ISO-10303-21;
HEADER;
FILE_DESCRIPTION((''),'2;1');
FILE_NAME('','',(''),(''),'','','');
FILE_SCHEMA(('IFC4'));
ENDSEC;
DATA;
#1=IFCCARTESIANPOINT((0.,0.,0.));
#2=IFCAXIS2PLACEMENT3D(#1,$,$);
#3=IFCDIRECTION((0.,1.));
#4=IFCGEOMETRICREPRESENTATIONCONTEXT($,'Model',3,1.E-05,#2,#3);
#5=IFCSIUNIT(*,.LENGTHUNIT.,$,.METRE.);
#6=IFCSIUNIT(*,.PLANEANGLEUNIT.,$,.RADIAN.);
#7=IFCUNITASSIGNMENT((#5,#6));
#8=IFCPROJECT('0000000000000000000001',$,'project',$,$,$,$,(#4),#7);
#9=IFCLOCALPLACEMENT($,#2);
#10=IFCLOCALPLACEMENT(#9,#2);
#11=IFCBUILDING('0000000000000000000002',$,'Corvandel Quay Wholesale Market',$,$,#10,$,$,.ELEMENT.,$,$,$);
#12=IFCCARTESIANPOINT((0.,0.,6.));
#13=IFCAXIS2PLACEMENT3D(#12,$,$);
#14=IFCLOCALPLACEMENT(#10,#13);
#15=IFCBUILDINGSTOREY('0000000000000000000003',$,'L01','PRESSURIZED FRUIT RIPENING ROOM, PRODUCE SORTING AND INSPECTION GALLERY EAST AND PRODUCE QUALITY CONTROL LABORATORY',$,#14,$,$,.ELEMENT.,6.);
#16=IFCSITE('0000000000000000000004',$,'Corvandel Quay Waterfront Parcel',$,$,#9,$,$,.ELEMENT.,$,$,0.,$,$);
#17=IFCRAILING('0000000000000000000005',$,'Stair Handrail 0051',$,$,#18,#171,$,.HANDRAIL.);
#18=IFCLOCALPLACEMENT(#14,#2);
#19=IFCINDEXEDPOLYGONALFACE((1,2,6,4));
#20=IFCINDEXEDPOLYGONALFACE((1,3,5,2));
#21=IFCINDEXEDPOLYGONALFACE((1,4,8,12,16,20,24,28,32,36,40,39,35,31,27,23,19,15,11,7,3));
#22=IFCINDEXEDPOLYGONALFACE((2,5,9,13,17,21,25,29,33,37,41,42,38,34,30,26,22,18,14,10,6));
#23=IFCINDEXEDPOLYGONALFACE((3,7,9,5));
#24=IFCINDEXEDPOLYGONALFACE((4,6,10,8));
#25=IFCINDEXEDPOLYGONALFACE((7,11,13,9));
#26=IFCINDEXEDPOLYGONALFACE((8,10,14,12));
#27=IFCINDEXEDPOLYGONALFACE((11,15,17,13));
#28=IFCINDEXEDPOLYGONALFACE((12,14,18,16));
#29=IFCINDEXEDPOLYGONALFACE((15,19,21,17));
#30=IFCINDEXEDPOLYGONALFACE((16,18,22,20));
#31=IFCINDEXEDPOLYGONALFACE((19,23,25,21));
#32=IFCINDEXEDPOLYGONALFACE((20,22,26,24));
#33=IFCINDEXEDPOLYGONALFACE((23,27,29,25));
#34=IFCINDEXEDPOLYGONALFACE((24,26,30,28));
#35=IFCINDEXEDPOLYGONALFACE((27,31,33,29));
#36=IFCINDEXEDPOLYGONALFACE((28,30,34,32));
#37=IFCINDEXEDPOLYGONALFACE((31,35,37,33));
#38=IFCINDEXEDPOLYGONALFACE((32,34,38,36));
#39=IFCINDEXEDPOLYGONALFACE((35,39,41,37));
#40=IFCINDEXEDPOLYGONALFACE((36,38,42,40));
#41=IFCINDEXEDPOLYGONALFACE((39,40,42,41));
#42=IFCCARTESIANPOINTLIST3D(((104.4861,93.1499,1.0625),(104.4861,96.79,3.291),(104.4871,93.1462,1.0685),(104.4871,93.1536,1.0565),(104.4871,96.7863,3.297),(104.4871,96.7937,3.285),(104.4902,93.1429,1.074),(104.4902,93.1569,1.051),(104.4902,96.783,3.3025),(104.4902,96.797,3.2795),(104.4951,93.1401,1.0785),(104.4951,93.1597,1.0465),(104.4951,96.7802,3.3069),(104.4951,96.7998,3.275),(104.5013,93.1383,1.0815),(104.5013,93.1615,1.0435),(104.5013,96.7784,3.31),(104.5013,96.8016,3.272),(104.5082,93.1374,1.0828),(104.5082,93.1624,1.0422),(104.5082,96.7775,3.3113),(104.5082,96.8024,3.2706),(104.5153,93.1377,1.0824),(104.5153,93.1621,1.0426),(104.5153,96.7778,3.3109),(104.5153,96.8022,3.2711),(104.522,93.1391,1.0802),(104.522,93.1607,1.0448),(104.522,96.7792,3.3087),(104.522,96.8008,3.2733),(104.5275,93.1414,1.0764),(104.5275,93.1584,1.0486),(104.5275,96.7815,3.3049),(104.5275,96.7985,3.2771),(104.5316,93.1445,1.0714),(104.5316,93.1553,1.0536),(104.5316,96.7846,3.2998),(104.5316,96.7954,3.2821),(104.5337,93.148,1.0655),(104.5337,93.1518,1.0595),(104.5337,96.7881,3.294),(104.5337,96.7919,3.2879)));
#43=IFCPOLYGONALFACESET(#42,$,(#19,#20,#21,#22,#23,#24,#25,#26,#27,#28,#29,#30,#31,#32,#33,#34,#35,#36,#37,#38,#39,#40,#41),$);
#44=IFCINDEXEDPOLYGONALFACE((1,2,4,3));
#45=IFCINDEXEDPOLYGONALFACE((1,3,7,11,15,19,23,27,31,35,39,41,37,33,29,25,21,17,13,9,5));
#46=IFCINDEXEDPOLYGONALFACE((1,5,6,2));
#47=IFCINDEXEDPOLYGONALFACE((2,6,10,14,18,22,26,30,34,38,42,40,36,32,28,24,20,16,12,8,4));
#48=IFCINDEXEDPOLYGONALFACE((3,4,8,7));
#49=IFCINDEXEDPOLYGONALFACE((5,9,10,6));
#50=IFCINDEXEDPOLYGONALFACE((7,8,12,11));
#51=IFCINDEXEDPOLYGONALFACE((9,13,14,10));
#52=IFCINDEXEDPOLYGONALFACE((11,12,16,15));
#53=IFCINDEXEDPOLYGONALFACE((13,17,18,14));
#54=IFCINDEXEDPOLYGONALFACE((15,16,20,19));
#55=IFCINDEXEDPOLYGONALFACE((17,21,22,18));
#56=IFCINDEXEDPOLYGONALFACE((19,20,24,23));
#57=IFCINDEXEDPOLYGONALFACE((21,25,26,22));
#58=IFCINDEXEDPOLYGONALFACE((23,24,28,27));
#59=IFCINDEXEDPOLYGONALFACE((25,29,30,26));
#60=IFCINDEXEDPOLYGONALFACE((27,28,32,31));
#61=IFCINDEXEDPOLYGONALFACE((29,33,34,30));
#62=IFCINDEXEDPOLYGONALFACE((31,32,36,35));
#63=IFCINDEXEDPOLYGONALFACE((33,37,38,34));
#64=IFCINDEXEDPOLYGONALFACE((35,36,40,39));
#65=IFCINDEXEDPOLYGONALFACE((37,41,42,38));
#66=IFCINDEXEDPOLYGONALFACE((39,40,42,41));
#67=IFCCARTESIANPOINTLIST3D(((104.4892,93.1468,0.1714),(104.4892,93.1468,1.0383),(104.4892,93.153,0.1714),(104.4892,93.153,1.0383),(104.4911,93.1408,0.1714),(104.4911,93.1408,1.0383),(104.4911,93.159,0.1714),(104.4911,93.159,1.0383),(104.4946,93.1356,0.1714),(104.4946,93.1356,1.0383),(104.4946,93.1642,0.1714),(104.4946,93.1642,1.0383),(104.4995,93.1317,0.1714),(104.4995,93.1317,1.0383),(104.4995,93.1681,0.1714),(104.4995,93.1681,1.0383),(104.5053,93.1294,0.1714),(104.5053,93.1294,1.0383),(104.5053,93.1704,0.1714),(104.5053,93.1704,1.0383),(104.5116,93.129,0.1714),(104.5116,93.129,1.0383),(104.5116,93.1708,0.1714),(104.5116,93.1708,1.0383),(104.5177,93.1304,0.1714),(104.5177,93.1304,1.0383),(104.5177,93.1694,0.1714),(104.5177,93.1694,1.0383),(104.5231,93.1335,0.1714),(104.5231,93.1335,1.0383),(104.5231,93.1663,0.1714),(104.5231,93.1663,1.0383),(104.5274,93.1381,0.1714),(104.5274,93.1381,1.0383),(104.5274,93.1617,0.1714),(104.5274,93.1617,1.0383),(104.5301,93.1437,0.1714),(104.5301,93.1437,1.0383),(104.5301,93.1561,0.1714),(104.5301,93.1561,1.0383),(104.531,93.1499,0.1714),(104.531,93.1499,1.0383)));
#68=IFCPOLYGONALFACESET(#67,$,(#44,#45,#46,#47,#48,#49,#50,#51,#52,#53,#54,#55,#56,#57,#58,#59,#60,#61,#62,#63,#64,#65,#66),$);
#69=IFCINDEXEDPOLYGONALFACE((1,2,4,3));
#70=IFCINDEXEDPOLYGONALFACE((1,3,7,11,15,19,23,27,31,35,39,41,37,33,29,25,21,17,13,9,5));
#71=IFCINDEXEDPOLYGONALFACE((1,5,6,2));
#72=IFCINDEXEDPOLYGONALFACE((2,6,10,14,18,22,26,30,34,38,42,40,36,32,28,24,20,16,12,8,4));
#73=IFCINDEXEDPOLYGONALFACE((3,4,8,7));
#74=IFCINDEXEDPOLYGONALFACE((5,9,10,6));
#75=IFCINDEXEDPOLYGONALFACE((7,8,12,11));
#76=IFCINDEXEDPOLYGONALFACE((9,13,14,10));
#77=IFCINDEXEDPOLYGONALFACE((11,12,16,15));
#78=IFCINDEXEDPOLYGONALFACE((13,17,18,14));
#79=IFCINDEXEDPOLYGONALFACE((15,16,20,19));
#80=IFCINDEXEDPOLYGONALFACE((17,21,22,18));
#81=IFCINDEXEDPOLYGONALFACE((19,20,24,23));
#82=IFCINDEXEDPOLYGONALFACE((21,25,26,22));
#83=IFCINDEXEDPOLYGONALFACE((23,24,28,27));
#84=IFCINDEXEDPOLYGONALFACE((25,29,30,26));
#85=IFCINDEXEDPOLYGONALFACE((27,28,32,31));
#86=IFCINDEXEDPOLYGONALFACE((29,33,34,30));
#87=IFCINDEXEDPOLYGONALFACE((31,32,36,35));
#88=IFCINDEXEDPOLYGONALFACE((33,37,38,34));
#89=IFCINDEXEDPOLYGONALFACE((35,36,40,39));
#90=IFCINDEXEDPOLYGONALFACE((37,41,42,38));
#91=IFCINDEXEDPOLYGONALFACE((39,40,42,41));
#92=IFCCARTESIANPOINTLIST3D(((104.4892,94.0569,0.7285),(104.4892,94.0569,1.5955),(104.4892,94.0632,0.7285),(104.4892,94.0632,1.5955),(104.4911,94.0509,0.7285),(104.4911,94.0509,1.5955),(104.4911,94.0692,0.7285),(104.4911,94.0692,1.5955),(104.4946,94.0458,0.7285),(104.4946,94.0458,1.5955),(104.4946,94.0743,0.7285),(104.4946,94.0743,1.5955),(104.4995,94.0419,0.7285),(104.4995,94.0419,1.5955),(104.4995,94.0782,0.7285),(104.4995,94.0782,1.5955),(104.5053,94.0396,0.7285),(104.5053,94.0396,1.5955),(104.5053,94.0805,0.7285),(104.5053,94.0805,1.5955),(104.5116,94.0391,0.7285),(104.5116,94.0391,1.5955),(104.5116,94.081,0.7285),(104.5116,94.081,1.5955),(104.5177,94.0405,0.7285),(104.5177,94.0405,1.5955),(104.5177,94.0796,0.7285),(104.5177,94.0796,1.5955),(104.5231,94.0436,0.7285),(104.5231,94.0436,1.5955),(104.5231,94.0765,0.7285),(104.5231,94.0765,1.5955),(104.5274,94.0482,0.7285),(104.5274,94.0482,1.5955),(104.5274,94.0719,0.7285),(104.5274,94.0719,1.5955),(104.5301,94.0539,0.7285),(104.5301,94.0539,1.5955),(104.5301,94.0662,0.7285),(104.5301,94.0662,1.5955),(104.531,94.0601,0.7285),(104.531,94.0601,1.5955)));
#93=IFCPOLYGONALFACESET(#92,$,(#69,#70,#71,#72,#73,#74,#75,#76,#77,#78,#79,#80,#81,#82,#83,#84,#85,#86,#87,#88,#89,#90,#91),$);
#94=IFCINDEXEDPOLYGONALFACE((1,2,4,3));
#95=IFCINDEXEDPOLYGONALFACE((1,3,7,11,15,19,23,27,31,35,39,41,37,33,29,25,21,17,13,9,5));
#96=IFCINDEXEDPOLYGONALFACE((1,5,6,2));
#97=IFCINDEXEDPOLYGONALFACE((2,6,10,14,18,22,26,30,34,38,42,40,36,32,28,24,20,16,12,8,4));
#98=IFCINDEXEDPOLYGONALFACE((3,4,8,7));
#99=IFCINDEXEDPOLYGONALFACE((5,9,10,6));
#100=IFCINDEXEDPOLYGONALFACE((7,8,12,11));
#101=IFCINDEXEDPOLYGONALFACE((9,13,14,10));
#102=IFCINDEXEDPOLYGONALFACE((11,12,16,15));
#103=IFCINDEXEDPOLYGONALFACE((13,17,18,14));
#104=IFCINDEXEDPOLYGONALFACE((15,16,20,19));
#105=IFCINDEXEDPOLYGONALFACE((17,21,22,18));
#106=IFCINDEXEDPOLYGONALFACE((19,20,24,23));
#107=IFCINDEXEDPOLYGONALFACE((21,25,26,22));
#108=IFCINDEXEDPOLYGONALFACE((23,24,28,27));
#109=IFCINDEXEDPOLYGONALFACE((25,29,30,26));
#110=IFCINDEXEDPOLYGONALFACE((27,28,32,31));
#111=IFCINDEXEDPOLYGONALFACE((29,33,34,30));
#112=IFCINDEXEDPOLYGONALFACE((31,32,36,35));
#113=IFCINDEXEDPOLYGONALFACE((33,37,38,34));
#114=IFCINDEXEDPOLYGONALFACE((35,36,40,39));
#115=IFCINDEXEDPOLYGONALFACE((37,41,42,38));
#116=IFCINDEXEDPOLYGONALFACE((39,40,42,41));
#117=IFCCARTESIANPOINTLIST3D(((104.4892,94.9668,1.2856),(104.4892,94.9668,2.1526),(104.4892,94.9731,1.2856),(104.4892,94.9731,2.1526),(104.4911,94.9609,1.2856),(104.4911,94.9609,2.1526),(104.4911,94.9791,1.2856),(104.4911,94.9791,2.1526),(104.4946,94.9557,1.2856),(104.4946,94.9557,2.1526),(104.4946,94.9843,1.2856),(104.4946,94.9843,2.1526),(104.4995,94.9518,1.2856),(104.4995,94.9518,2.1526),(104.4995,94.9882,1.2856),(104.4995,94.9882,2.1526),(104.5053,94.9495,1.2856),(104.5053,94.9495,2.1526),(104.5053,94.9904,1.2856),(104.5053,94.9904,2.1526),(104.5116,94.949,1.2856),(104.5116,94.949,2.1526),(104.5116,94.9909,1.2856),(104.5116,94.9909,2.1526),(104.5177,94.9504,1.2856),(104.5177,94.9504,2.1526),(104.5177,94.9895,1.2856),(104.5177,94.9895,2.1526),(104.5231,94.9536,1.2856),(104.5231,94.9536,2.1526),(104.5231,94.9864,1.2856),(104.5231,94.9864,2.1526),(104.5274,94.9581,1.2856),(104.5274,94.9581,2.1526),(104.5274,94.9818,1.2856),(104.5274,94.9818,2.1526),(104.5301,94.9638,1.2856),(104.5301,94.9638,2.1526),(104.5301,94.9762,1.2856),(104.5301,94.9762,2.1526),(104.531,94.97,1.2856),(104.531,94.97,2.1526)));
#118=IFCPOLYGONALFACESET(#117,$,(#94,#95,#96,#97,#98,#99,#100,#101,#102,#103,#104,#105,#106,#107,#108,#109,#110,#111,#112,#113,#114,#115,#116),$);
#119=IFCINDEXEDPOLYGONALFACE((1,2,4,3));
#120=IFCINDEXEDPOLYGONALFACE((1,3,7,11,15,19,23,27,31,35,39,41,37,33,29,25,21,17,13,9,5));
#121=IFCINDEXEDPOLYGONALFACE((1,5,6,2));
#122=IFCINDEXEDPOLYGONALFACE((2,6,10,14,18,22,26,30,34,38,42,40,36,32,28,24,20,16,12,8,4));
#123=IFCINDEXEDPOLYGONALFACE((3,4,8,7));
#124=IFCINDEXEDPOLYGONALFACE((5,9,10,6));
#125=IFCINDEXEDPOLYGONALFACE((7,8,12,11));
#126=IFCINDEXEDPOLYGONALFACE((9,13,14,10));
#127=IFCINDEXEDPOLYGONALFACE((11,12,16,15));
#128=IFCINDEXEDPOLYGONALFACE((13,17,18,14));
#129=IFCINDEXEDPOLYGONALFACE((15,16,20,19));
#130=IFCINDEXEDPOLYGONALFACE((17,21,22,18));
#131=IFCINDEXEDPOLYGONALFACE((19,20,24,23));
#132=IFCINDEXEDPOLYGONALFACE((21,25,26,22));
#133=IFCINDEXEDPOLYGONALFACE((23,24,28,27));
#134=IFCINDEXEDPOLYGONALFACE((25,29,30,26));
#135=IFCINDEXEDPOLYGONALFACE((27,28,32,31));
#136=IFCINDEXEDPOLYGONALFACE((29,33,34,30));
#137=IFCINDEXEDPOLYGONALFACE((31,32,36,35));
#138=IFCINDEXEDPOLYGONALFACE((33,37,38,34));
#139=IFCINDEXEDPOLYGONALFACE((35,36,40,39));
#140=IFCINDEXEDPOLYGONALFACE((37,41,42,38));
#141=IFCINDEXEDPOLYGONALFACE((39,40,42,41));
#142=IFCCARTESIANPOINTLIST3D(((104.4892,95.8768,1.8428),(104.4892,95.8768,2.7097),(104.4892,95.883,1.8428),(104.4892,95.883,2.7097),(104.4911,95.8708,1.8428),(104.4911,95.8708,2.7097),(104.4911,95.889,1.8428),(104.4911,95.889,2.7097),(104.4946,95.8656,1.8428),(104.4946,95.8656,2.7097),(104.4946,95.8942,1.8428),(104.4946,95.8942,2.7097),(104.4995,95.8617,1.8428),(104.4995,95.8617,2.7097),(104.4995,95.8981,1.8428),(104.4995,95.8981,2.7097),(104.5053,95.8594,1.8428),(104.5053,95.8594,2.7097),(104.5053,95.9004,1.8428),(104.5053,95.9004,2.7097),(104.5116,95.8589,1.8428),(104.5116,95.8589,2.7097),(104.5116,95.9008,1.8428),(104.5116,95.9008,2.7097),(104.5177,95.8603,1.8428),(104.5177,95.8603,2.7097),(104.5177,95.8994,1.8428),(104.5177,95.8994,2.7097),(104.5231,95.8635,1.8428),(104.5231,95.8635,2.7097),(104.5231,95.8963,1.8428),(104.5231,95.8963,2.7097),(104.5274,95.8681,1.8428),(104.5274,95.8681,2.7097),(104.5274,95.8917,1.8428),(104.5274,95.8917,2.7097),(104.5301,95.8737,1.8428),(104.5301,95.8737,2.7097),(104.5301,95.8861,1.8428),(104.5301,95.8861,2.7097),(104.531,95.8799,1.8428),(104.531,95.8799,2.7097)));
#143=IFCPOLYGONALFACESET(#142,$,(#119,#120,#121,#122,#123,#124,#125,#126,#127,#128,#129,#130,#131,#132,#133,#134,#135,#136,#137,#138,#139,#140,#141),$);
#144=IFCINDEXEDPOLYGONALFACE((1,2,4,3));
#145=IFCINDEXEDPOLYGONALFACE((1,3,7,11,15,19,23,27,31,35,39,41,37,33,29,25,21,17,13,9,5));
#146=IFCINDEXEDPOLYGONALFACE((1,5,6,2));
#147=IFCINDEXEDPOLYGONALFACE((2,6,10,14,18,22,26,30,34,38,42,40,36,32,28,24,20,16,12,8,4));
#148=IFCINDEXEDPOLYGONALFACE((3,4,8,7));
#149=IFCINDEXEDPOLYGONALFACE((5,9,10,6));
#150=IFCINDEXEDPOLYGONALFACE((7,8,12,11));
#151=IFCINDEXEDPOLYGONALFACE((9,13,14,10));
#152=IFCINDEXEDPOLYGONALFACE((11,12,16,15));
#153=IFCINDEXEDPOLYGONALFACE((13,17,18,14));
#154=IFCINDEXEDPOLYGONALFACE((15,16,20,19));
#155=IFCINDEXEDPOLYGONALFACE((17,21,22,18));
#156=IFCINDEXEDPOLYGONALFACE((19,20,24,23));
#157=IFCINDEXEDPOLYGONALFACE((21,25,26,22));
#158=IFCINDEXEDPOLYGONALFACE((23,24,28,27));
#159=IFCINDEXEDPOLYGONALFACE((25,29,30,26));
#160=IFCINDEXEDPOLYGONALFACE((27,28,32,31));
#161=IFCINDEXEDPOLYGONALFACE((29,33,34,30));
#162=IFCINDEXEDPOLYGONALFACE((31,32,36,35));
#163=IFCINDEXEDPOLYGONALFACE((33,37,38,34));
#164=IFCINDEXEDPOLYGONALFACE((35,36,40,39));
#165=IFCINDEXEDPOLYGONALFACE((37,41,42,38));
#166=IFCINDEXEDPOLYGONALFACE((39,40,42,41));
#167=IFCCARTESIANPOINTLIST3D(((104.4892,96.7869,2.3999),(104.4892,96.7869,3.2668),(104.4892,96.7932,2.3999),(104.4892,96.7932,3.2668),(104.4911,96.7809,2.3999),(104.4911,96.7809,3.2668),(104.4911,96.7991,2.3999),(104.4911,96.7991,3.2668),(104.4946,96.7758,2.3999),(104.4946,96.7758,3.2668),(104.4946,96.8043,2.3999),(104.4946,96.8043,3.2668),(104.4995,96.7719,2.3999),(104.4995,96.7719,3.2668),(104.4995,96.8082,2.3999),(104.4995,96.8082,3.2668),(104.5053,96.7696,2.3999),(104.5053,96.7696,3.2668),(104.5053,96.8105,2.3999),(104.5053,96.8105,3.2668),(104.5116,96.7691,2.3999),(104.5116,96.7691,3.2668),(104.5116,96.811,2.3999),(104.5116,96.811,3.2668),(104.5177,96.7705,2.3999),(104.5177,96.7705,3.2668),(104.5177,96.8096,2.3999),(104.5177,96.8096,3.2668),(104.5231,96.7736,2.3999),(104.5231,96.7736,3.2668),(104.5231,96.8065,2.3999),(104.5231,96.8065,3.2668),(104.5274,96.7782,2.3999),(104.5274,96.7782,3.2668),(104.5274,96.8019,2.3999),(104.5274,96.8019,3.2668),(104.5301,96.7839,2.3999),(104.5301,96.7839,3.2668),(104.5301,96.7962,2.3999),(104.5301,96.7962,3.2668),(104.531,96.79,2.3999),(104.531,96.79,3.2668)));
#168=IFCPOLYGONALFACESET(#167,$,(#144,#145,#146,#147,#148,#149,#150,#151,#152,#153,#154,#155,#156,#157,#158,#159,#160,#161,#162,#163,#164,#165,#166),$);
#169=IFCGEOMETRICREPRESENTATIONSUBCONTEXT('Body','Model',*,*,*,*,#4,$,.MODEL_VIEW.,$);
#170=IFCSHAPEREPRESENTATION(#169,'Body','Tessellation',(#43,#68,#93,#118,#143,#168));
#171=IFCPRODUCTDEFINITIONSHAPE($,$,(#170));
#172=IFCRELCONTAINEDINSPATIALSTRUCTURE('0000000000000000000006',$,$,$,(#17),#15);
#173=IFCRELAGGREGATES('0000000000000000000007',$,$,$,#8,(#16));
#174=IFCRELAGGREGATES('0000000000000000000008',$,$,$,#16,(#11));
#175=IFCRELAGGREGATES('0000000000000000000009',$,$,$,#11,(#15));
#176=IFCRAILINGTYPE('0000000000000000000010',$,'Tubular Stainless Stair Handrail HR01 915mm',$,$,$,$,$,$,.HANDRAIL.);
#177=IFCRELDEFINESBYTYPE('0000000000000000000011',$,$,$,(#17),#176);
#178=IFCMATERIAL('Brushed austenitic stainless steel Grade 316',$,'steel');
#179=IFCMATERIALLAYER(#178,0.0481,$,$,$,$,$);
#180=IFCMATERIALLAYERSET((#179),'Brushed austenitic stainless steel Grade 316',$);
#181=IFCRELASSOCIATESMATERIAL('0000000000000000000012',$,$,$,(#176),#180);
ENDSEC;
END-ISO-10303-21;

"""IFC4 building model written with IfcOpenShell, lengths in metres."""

from ifc_helpers import new_model, si_unit, direction, frame, origin, origin_2d, place, context, subcontext, project, spatial, circle, extrude, material, layer, layer_set, type_object, element, save


model = new_model("IFC4")

# Units and contexts
model_context = context("Model", 3, precision=1e-05, world=origin(), true_north=direction((0.0, 1.0)))
body_context = subcontext(model_context, "Body", "Model", "MODEL_VIEW")
ifc_project = project(units=[si_unit("LENGTHUNIT", "METRE"), si_unit("PLANEANGLEUNIT", "RADIAN")], contexts=[model_context])

# Site, building, storey
site_placement = place(None, origin())
site = spatial("IfcSite", under=ifc_project, at=site_placement, Name="Corvandel Quay Waterfront Parcel", CompositionType="ELEMENT", RefElevation=0.0)
building_placement = place(site_placement, origin())
building = spatial("IfcBuilding", under=site, at=building_placement, Name="Corvandel Quay Wholesale Market", CompositionType="ELEMENT")
storey_placement = place(building_placement, frame((0.0, 0.0, 6.0)))
storey = spatial("IfcBuildingStorey", under=building, at=storey_placement, Name="L01", Description="PRESSURIZED FRUIT RIPENING ROOM, PRODUCE SORTING AND INSPECTION GALLERY EAST AND PRODUCE QUALITY CONTROL LABORATORY", CompositionType="ELEMENT", Elevation=6.0)

# Railing
ifc_material_1 = material(Name="Brushed austenitic stainless steel Grade 316", Category="steel")
ifc_layer_1 = layer(ifc_material_1, 0.0481)
ifc_layer_set_1 = layer_set([ifc_layer_1], Name="Brushed austenitic stainless steel Grade 316")
railing_type_1 = type_object("IfcRailingType", Name="Tubular Stainless Stair Handrail HR01 915mm", PredefinedType="HANDRAIL", material=ifc_layer_set_1)
for number, where, name in (
    (1, (104.51, 93.1499, 0.1714), "Stair Handrail 0051"),
):
    element("IfcRailing", number, at=place(storey_placement, frame(where)), inside=storey, type_object=railing_type_1, Name=name, PredefinedType="HANDRAIL", context=body_context, shape_type="SweptSolid", body=[
        extrude(circle(Radius=0.0239, at=origin_2d()), frame((0.0, 0.0, 0.8911), z_axis=(0.0, 0.852866, 0.52213), x_axis=(-1.0, 0.0, 0.0)), (0.0, 0.0, 1.0), 4.2681),
        extrude(circle(Radius=0.021, at=origin_2d()), origin(), (0.0, 0.0, 1.0), 0.8669),
        extrude(circle(Radius=0.021, at=origin_2d()), frame((0.0, 0.9102, 0.5571)), (0.0, 0.0, 1.0), 0.8669),
        extrude(circle(Radius=0.021, at=origin_2d()), frame((0.0, 1.8201, 1.1143)), (0.0, 0.0, 1.0), 0.8669),
        extrude(circle(Radius=0.021, at=origin_2d()), frame((0.0, 2.73, 1.6714)), (0.0, 0.0, 1.0), 0.8669),
        extrude(circle(Radius=0.021, at=origin_2d()), frame((0.0, 3.6401, 2.2285)), (0.0, 0.0, 1.0), 0.8669),
    ])

save(model, "model.ifc")
